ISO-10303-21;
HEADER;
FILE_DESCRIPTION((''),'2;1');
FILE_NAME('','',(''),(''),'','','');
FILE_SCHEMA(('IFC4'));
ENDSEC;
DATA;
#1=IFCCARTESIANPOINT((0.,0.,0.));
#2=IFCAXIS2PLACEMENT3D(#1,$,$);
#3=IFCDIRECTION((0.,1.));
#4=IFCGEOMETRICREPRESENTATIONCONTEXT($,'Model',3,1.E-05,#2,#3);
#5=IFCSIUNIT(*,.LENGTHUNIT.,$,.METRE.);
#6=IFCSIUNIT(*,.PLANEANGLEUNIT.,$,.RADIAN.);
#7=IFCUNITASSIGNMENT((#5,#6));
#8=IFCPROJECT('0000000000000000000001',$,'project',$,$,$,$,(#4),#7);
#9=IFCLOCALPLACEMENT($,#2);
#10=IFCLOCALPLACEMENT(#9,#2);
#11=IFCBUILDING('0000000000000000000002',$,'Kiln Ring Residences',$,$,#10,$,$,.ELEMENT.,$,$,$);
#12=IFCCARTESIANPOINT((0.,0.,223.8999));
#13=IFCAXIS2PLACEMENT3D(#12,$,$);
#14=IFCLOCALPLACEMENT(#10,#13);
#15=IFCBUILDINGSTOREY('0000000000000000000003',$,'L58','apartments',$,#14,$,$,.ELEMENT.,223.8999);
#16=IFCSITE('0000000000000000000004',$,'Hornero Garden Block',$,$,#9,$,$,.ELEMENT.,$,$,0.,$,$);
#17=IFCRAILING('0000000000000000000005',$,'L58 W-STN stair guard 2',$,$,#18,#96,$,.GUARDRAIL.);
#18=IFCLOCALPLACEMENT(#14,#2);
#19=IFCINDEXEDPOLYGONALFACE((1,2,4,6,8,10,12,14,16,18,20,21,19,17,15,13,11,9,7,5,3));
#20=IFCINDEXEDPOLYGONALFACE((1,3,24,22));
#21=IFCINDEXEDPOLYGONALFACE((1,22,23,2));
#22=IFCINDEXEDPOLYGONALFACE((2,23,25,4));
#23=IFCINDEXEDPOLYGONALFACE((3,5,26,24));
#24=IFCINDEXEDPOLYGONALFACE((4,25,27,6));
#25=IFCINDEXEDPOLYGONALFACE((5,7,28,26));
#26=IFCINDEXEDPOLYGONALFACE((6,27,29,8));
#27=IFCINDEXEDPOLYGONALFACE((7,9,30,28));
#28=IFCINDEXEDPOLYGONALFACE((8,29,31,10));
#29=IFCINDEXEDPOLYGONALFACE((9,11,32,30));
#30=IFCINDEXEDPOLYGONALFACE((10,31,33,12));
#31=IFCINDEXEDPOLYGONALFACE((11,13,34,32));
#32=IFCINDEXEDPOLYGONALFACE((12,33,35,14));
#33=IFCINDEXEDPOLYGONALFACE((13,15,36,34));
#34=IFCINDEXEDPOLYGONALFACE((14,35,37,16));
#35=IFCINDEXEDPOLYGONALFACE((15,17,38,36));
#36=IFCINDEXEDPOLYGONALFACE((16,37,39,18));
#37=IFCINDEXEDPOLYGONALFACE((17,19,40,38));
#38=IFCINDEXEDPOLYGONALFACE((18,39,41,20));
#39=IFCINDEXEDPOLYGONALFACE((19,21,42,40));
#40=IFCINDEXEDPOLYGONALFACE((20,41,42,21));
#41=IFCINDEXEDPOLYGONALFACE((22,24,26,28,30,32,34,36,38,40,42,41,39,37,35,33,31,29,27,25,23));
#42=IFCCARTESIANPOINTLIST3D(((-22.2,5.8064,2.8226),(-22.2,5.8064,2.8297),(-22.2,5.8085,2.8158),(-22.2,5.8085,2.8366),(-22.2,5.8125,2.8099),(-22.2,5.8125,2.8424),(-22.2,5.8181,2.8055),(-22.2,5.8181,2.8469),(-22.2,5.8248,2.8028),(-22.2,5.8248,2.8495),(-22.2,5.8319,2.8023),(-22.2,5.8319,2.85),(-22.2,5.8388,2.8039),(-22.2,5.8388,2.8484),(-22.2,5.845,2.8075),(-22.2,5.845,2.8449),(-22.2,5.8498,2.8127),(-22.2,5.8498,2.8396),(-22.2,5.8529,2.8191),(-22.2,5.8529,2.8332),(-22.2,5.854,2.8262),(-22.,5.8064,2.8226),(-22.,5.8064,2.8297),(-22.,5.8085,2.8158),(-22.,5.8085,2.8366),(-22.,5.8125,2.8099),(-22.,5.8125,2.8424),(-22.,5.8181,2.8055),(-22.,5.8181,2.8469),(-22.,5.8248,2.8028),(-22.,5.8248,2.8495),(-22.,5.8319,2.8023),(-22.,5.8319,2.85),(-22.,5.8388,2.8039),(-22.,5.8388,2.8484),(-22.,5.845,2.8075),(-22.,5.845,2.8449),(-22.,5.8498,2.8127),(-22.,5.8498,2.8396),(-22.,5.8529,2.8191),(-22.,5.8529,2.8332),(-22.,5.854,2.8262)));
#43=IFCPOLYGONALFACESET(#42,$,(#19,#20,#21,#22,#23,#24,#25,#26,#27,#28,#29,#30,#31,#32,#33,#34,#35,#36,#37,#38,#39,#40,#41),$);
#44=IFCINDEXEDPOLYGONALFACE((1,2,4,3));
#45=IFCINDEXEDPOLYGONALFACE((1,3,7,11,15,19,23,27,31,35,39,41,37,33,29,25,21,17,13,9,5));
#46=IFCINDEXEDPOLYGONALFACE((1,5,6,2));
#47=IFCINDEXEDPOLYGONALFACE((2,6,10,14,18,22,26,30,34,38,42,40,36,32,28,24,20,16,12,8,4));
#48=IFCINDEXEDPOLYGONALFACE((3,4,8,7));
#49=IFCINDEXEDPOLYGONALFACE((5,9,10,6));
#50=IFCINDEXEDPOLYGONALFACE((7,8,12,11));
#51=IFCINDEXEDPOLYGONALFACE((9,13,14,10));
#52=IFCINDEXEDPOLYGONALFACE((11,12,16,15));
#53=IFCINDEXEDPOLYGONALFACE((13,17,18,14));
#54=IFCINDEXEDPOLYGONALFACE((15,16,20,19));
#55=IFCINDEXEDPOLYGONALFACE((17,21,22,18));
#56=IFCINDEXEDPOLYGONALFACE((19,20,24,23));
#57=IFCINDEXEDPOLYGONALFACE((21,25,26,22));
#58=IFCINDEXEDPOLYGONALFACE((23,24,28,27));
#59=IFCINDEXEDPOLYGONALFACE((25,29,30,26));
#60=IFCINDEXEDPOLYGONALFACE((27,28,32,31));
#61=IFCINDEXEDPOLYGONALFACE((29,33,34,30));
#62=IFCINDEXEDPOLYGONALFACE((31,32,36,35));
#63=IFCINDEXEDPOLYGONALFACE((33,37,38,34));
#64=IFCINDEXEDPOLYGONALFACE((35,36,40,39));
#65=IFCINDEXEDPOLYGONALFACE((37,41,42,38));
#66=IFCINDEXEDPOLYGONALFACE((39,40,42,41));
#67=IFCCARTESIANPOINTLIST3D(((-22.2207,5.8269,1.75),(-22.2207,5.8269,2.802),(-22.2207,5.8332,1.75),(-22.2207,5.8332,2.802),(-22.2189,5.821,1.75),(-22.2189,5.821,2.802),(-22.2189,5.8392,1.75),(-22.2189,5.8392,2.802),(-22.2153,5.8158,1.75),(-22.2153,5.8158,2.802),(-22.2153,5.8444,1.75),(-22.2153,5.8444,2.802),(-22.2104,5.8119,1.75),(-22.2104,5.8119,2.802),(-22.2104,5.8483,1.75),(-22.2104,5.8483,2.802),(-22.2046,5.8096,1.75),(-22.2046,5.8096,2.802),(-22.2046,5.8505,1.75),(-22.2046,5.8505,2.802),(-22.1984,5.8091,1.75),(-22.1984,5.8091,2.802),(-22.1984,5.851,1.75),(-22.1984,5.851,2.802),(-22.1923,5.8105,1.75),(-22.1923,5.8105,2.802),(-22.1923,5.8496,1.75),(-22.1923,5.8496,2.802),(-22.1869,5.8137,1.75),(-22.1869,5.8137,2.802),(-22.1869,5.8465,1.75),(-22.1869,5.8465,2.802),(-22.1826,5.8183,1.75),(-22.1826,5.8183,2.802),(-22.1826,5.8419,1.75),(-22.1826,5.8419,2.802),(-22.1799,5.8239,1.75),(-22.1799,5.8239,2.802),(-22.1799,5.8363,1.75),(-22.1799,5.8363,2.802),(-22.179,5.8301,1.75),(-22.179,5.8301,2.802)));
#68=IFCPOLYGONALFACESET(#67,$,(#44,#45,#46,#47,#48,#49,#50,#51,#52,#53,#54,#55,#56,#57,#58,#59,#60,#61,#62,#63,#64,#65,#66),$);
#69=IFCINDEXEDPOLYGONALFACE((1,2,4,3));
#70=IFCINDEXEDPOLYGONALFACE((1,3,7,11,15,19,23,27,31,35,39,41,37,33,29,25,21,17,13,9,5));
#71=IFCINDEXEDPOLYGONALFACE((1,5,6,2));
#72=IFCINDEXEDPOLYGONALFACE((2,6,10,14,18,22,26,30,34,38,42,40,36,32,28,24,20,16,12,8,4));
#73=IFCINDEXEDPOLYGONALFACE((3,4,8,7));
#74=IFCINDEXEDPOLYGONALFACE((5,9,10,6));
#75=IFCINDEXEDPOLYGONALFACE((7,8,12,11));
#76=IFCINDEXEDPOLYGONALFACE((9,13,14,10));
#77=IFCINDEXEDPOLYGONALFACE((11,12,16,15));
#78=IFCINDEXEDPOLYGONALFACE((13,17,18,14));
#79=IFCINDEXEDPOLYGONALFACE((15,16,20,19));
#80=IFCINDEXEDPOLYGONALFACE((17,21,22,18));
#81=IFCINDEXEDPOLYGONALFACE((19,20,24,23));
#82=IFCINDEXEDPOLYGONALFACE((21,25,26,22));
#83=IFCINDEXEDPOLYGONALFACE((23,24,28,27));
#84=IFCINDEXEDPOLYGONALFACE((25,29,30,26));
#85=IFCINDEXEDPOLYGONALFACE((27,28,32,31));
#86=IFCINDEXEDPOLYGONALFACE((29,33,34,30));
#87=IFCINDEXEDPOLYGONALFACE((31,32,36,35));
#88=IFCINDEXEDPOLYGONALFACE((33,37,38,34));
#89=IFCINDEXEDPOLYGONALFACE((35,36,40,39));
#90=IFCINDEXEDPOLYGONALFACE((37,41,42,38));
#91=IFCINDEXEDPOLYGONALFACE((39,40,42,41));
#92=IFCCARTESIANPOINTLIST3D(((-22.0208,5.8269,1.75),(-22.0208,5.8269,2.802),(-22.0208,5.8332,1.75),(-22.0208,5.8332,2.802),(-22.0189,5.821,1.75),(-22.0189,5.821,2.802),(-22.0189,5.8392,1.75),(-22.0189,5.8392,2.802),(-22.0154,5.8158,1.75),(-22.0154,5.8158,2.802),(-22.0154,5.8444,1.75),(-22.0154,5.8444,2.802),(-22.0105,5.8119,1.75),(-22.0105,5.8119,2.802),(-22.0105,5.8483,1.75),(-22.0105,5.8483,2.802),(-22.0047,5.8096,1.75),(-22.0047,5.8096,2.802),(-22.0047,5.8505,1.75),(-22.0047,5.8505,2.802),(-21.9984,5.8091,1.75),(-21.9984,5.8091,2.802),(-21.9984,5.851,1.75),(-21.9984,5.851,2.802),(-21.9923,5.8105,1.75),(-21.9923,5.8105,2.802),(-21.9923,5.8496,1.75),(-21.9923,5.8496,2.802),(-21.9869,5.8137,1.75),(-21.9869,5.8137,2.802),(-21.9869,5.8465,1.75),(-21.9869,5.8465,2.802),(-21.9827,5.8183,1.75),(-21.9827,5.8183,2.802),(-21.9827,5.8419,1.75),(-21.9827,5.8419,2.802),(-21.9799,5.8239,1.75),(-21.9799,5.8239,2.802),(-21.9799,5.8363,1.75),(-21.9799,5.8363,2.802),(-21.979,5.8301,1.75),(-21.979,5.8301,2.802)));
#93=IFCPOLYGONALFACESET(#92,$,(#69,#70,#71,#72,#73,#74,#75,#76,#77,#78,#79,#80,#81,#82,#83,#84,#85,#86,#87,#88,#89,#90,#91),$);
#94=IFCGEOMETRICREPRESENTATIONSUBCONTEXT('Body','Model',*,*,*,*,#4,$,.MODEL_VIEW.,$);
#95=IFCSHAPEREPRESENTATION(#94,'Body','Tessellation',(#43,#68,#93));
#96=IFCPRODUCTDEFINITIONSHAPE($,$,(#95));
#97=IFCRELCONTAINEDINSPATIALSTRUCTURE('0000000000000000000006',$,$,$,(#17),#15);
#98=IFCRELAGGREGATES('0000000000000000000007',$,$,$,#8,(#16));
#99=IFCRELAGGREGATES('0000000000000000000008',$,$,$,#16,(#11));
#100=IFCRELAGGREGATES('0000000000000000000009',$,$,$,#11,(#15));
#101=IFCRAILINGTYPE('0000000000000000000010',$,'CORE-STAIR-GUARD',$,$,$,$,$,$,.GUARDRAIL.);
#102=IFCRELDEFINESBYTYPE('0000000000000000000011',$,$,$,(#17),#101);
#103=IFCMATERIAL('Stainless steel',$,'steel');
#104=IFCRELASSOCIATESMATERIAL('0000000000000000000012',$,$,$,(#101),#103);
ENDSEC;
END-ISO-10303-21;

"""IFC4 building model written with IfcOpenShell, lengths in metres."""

from ifc_helpers import new_model, si_unit, direction, frame, origin, origin_2d, place, context, subcontext, project, spatial, circle, extrude, material, type_object, element, save


model = new_model("IFC4")

# Units and contexts
model_context = context("Model", 3, precision=1e-05, world=origin(), true_north=direction((0.0, 1.0)))
body_context = subcontext(model_context, "Body", "Model", "MODEL_VIEW")
ifc_project = project(units=[si_unit("LENGTHUNIT", "METRE"), si_unit("PLANEANGLEUNIT", "RADIAN")], contexts=[model_context])

# Site, building, storey
site_placement = place(None, origin())
site = spatial("IfcSite", under=ifc_project, at=site_placement, Name="Hornero Garden Block", CompositionType="ELEMENT", RefElevation=0.0)
building_placement = place(site_placement, origin())
building = spatial("IfcBuilding", under=site, at=building_placement, Name="Kiln Ring Residences", CompositionType="ELEMENT")
storey_placement = place(building_placement, frame((0.0, 0.0, 223.8999)))
storey = spatial("IfcBuildingStorey", under=building, at=storey_placement, Name="L58", Description="apartments", CompositionType="ELEMENT", Elevation=223.8999)

# Railing
ifc_material_1 = material(Name="Stainless steel", Category="steel")
railing_type_1 = type_object("IfcRailingType", Name="CORE-STAIR-GUARD", PredefinedType="GUARDRAIL", material=ifc_material_1)
railing_1_placement = place(storey_placement, frame((-22.2, 5.8301, 1.75)))
element("IfcRailing", 1, at=railing_1_placement, inside=storey, type_object=railing_type_1, Name="L58 W-STN stair guard 2", PredefinedType="GUARDRAIL", context=body_context, shape_type="SweptSolid", body=[
    extrude(circle(Radius=0.0239, at=origin_2d()), frame((0.0, 0.0, 1.0762), z_axis=(1.0, 0.0, 0.0), x_axis=(0.0, 1.0, 0.0)), (0.0, 0.0, 1.0), 0.2),
    extrude(circle(Radius=0.021, at=origin_2d()), origin(), (0.0, 0.0, 1.0), 1.052),
    extrude(circle(Radius=0.021, at=origin_2d()), frame((0.2, 0.0, 0.0)), (0.0, 0.0, 1.0), 1.052),
])

save(model, "model.ifc")
